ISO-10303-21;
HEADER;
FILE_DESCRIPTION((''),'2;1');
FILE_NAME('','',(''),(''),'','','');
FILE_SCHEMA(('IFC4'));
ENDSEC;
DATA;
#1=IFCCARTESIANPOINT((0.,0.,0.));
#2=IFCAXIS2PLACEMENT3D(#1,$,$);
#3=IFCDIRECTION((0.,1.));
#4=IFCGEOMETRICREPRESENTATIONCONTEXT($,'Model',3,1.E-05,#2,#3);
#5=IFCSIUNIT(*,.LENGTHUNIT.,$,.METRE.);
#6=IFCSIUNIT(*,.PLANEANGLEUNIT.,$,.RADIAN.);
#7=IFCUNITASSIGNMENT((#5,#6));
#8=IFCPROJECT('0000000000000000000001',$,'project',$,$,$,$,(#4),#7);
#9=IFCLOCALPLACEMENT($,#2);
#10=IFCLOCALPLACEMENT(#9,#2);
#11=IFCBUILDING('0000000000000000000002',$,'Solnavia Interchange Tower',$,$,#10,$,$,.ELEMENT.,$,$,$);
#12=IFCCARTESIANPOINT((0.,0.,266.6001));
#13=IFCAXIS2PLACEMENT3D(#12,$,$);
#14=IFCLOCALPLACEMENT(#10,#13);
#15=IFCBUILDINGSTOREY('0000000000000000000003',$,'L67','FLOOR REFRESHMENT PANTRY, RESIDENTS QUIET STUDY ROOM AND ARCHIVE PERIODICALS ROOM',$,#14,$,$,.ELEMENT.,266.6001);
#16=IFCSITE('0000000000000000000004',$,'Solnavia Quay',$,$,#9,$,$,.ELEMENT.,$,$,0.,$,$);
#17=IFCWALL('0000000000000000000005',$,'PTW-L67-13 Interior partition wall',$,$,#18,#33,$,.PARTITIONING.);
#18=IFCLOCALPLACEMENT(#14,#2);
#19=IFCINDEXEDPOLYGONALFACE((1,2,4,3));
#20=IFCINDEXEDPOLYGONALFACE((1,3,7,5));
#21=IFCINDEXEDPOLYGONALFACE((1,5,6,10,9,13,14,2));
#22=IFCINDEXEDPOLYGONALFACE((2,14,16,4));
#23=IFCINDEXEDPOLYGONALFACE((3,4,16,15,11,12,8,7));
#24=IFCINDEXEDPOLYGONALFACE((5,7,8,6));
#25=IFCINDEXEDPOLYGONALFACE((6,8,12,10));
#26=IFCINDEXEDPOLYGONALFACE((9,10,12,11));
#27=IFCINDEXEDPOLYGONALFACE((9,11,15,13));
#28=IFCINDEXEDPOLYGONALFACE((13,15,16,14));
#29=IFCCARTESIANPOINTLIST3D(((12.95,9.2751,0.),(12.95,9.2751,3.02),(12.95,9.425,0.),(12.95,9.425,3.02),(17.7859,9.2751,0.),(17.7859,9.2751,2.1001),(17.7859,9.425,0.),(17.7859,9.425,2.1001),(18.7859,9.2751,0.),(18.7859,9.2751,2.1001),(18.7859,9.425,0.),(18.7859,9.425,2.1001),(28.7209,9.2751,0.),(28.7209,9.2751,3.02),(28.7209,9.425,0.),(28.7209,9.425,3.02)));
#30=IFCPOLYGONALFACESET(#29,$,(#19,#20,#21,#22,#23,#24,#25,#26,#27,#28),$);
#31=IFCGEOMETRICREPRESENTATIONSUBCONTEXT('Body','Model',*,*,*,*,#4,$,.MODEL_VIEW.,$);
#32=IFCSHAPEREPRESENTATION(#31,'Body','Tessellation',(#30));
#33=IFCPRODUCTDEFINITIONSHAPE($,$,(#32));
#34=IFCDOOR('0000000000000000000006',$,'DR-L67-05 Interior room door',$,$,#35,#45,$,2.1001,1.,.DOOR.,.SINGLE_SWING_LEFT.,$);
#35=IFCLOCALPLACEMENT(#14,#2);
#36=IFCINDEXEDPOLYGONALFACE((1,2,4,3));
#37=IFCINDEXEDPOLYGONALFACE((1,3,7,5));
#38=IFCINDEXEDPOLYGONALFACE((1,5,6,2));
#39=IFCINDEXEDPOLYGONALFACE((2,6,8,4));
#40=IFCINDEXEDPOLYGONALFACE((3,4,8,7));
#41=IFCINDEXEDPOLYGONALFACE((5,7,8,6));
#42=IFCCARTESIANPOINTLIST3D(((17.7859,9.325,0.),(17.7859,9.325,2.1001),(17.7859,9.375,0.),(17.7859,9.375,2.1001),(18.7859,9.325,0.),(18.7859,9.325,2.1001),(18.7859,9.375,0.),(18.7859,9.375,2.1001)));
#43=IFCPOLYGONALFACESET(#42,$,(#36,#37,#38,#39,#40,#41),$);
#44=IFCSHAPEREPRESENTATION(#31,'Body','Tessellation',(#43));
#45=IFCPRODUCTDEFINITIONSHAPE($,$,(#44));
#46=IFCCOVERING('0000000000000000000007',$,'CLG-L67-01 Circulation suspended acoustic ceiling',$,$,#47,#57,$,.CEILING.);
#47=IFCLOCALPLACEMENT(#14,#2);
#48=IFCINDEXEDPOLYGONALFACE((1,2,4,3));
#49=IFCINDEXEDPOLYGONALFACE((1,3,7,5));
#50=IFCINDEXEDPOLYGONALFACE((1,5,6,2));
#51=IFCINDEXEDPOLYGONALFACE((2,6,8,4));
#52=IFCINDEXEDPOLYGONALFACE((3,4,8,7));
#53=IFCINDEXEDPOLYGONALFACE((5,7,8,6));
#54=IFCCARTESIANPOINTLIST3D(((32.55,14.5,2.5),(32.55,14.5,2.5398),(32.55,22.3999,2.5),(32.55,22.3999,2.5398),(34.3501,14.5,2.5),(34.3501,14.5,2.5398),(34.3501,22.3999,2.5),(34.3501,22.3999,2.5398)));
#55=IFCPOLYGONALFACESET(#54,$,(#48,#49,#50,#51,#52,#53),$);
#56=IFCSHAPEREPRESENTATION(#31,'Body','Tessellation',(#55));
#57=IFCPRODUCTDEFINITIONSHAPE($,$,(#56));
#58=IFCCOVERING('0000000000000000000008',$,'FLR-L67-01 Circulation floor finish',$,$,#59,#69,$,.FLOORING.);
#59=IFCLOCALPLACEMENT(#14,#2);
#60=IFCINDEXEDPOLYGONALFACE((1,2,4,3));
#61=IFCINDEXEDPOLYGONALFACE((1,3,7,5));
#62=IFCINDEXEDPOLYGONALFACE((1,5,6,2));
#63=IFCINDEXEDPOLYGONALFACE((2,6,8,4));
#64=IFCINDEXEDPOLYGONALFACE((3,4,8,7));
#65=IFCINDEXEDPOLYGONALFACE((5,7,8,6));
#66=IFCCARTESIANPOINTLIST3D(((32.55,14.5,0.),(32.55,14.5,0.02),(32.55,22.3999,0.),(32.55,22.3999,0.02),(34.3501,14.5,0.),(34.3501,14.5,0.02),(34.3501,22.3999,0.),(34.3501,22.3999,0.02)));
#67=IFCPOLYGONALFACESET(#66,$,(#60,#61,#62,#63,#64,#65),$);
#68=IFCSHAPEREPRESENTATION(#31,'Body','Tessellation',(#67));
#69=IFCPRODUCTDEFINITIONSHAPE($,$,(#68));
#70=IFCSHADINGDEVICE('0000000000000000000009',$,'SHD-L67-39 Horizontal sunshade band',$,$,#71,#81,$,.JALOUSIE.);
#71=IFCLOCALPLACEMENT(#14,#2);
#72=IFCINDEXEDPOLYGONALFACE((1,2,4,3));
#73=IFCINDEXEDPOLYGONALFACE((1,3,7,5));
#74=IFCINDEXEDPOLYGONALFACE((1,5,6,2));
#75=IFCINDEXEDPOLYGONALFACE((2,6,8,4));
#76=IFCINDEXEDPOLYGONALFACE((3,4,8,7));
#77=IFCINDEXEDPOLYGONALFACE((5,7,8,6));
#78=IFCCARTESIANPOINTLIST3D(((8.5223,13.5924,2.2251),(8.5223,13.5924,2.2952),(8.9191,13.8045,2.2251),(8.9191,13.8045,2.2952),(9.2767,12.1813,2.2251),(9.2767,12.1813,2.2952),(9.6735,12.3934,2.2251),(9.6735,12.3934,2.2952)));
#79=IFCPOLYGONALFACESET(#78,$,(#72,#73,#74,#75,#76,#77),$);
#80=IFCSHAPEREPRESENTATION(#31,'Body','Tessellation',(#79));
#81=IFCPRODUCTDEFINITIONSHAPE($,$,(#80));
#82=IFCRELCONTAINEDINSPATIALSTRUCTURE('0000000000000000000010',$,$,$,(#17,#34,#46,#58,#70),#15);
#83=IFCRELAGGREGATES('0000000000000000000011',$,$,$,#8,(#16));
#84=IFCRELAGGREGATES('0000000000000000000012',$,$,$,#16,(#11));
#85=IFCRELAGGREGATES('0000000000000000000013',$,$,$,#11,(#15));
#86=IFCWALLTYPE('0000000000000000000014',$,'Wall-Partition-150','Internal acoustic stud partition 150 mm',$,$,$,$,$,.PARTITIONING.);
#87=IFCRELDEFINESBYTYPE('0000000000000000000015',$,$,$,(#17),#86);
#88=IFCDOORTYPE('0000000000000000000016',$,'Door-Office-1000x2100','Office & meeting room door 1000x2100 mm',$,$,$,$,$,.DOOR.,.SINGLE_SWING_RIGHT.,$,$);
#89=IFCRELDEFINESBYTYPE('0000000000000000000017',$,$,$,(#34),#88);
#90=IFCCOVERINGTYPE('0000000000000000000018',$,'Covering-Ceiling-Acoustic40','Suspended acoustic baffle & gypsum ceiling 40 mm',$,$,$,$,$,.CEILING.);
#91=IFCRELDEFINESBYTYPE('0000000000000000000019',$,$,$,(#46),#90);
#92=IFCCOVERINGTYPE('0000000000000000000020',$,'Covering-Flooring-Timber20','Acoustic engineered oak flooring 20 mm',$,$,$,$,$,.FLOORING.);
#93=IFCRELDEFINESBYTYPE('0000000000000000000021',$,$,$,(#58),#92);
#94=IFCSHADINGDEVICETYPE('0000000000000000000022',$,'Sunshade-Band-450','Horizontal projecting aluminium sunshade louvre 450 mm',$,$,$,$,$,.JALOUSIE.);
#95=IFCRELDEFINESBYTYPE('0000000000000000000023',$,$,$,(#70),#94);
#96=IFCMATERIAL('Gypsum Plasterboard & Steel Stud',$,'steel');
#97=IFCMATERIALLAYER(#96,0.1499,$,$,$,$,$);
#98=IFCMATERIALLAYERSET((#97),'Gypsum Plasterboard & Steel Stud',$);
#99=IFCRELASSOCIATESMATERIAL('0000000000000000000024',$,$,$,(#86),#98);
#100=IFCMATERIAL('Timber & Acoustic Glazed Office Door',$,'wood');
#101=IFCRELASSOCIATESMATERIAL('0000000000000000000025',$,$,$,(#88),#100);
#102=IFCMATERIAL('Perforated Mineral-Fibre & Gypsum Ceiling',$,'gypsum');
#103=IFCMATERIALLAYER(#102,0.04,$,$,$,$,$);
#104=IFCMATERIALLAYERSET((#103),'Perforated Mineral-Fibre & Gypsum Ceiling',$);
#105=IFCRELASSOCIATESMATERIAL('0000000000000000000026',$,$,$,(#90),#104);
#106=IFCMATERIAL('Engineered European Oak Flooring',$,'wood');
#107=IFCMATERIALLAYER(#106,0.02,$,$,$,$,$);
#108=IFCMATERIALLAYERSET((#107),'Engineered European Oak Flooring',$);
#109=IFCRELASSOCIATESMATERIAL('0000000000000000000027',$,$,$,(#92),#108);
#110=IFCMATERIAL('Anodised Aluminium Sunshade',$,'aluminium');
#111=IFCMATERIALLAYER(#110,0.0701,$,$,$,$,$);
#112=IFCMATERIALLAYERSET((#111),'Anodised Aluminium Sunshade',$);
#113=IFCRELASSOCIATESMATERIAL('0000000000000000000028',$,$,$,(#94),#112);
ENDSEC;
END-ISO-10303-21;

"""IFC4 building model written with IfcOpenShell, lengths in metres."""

from ifc_helpers import new_model, si_unit, direction, frame, frame_2d, origin, origin_2d, place, context, subcontext, project, spatial, polyline, rectangle, outline, extrude, material, layer, layer_set, type_object, element, fill, save


model = new_model("IFC4")

# Units and contexts
model_context = context("Model", 3, precision=1e-05, world=origin(), true_north=direction((0.0, 1.0)))
body_context = subcontext(model_context, "Body", "Model", "MODEL_VIEW")
ifc_project = project(units=[si_unit("LENGTHUNIT", "METRE"), si_unit("PLANEANGLEUNIT", "RADIAN")], contexts=[model_context])

# Site, building, storey
site_placement = place(None, origin())
site = spatial("IfcSite", under=ifc_project, at=site_placement, Name="Solnavia Quay", CompositionType="ELEMENT", RefElevation=0.0)
building_placement = place(site_placement, origin())
building = spatial("IfcBuilding", under=site, at=building_placement, Name="Solnavia Interchange Tower", CompositionType="ELEMENT")
storey_placement = place(building_placement, frame((0.0, 0.0, 266.6001)))
storey = spatial("IfcBuildingStorey", under=building, at=storey_placement, Name="L67", Description="FLOOR REFRESHMENT PANTRY, RESIDENTS QUIET STUDY ROOM AND ARCHIVE PERIODICALS ROOM", CompositionType="ELEMENT", Elevation=266.6001)

# Shared definitions
ifc_material_1 = material(Name="Gypsum Plasterboard & Steel Stud", Category="steel")
ifc_layer_1 = layer(ifc_material_1, 0.1499)
ifc_layer_set_1 = layer_set([ifc_layer_1], Name="Gypsum Plasterboard & Steel Stud")
wall_type_1 = type_object("IfcWallType", Name="Wall-Partition-150", Description="Internal acoustic stud partition 150 mm", PredefinedType="PARTITIONING", material=ifc_layer_set_1)

# Wall, opening, door
ifc_material_2 = material(Name="Timber & Acoustic Glazed Office Door", Category="wood")
door_type = type_object("IfcDoorType", Name="Door-Office-1000x2100", Description="Office & meeting room door 1000x2100 mm", OperationType="SINGLE_SWING_RIGHT", PredefinedType="DOOR", material=ifc_material_2)
wall_1_placement = place(storey_placement, frame((12.95, 9.3501, 0.0), z_axis=(0.0, 0.0, 1.0), x_axis=(1.0, 0.0, 0.0)))
wall_1 = element("IfcWall", 1, at=wall_1_placement, inside=storey, type_object=wall_type_1, Name="PTW-L67-13 Interior partition wall", PredefinedType="PARTITIONING", context=body_context, shape_type="SweptSolid", body=[
    extrude(rectangle(XDim=15.771, YDim=0.1499, at=frame_2d((7.8855, 0.0))), origin(), (0.0, 0.0, 1.0), 3.02),
])
opening_1_placement = place(wall_1_placement, frame((4.8359, 0.0, 0.0)))
opening_1 = element("IfcOpeningElement", 2, at=opening_1_placement, cuts=wall_1, PredefinedType="OPENING", context=body_context, shape_type="SweptSolid", body=[
    extrude(rectangle(XDim=1.0, YDim=2.1001, at=frame_2d((0.5, 1.05))), frame((0.0, 0.085, 0.0), z_axis=(0.0, -1.0, 0.0), x_axis=(1.0, 0.0, 0.0)), (0.0, 0.0, 1.0), 0.1699),
])
door_1_placement = place(opening_1_placement, origin())
door_1 = element("IfcDoor", 3, at=door_1_placement, inside=storey, type_object=door_type, Name="DR-L67-05 Interior room door", OperationType="SINGLE_SWING_LEFT", OverallHeight=2.1001, OverallWidth=1.0, PredefinedType="DOOR", context=body_context, shape_type="SweptSolid", body=[
    extrude(rectangle(XDim=1.0, YDim=2.1001, at=frame_2d((0.5, 1.05))), frame((0.0, 0.0249, 0.0), z_axis=(0.0, -1.0, 0.0), x_axis=(1.0, 0.0, 0.0)), (0.0, 0.0, 1.0), 0.05),
])
fill(opening_1, door_1)

# Coverings
ifc_material_3 = material(Name="Perforated Mineral-Fibre & Gypsum Ceiling", Category="gypsum")
ifc_layer_2 = layer(ifc_material_3, 0.04)
ifc_layer_set_2 = layer_set([ifc_layer_2], Name="Perforated Mineral-Fibre & Gypsum Ceiling")
covering_type_1 = type_object("IfcCoveringType", Name="Covering-Ceiling-Acoustic40", Description="Suspended acoustic baffle & gypsum ceiling 40 mm", PredefinedType="CEILING", material=ifc_layer_set_2)
covering_1_placement = place(storey_placement, frame((0.0, 0.0, 2.5)))
element("IfcCovering", 4, at=covering_1_placement, inside=storey, type_object=covering_type_1, Name="CLG-L67-01 Circulation suspended acoustic ceiling", PredefinedType="CEILING", context=body_context, shape_type="SweptSolid", body=[
    extrude(outline(polyline([(32.55, 14.5), (34.3501, 14.5), (34.3501, 22.3999), (32.55, 22.3999), (32.55, 14.5)])), origin(), (0.0, 0.0, 1.0), 0.0398),
])
ifc_material_4 = material(Name="Engineered European Oak Flooring", Category="wood")
ifc_layer_3 = layer(ifc_material_4, 0.02)
ifc_layer_set_3 = layer_set([ifc_layer_3], Name="Engineered European Oak Flooring")
covering_type_2 = type_object("IfcCoveringType", Name="Covering-Flooring-Timber20", Description="Acoustic engineered oak flooring 20 mm", PredefinedType="FLOORING", material=ifc_layer_set_3)
covering_2_placement = place(storey_placement, origin())
element("IfcCovering", 5, at=covering_2_placement, inside=storey, type_object=covering_type_2, Name="FLR-L67-01 Circulation floor finish", PredefinedType="FLOORING", context=body_context, shape_type="SweptSolid", body=[
    extrude(outline(polyline([(32.55, 14.5), (34.3501, 14.5), (34.3501, 22.3999), (32.55, 22.3999), (32.55, 14.5)])), origin(), (0.0, 0.0, 1.0), 0.02),
])

# Shading device
ifc_material_5 = material(Name="Anodised Aluminium Sunshade", Category="aluminium")
ifc_layer_4 = layer(ifc_material_5, 0.0701)
ifc_layer_set_4 = layer_set([ifc_layer_4], Name="Anodised Aluminium Sunshade")
shading_device_type = type_object("IfcShadingDeviceType", Name="Sunshade-Band-450", Description="Horizontal projecting aluminium sunshade louvre 450 mm", PredefinedType="JALOUSIE", material=ifc_layer_set_4)
shading_device_placement = place(storey_placement, frame((9.0979, 12.9929, 2.2251), z_axis=(0.0, 0.0, 1.0), x_axis=(-0.471474, 0.88188, 0.0)))
element("IfcShadingDevice", 6, at=shading_device_placement, inside=storey, type_object=shading_device_type, Name="SHD-L67-39 Horizontal sunshade band", PredefinedType="JALOUSIE", context=body_context, shape_type="SweptSolid", body=[
    extrude(rectangle(XDim=1.6001, YDim=0.45, at=origin_2d()), origin(), (0.0, 0.0, 1.0), 0.0701),
])

save(model, "model.ifc")
